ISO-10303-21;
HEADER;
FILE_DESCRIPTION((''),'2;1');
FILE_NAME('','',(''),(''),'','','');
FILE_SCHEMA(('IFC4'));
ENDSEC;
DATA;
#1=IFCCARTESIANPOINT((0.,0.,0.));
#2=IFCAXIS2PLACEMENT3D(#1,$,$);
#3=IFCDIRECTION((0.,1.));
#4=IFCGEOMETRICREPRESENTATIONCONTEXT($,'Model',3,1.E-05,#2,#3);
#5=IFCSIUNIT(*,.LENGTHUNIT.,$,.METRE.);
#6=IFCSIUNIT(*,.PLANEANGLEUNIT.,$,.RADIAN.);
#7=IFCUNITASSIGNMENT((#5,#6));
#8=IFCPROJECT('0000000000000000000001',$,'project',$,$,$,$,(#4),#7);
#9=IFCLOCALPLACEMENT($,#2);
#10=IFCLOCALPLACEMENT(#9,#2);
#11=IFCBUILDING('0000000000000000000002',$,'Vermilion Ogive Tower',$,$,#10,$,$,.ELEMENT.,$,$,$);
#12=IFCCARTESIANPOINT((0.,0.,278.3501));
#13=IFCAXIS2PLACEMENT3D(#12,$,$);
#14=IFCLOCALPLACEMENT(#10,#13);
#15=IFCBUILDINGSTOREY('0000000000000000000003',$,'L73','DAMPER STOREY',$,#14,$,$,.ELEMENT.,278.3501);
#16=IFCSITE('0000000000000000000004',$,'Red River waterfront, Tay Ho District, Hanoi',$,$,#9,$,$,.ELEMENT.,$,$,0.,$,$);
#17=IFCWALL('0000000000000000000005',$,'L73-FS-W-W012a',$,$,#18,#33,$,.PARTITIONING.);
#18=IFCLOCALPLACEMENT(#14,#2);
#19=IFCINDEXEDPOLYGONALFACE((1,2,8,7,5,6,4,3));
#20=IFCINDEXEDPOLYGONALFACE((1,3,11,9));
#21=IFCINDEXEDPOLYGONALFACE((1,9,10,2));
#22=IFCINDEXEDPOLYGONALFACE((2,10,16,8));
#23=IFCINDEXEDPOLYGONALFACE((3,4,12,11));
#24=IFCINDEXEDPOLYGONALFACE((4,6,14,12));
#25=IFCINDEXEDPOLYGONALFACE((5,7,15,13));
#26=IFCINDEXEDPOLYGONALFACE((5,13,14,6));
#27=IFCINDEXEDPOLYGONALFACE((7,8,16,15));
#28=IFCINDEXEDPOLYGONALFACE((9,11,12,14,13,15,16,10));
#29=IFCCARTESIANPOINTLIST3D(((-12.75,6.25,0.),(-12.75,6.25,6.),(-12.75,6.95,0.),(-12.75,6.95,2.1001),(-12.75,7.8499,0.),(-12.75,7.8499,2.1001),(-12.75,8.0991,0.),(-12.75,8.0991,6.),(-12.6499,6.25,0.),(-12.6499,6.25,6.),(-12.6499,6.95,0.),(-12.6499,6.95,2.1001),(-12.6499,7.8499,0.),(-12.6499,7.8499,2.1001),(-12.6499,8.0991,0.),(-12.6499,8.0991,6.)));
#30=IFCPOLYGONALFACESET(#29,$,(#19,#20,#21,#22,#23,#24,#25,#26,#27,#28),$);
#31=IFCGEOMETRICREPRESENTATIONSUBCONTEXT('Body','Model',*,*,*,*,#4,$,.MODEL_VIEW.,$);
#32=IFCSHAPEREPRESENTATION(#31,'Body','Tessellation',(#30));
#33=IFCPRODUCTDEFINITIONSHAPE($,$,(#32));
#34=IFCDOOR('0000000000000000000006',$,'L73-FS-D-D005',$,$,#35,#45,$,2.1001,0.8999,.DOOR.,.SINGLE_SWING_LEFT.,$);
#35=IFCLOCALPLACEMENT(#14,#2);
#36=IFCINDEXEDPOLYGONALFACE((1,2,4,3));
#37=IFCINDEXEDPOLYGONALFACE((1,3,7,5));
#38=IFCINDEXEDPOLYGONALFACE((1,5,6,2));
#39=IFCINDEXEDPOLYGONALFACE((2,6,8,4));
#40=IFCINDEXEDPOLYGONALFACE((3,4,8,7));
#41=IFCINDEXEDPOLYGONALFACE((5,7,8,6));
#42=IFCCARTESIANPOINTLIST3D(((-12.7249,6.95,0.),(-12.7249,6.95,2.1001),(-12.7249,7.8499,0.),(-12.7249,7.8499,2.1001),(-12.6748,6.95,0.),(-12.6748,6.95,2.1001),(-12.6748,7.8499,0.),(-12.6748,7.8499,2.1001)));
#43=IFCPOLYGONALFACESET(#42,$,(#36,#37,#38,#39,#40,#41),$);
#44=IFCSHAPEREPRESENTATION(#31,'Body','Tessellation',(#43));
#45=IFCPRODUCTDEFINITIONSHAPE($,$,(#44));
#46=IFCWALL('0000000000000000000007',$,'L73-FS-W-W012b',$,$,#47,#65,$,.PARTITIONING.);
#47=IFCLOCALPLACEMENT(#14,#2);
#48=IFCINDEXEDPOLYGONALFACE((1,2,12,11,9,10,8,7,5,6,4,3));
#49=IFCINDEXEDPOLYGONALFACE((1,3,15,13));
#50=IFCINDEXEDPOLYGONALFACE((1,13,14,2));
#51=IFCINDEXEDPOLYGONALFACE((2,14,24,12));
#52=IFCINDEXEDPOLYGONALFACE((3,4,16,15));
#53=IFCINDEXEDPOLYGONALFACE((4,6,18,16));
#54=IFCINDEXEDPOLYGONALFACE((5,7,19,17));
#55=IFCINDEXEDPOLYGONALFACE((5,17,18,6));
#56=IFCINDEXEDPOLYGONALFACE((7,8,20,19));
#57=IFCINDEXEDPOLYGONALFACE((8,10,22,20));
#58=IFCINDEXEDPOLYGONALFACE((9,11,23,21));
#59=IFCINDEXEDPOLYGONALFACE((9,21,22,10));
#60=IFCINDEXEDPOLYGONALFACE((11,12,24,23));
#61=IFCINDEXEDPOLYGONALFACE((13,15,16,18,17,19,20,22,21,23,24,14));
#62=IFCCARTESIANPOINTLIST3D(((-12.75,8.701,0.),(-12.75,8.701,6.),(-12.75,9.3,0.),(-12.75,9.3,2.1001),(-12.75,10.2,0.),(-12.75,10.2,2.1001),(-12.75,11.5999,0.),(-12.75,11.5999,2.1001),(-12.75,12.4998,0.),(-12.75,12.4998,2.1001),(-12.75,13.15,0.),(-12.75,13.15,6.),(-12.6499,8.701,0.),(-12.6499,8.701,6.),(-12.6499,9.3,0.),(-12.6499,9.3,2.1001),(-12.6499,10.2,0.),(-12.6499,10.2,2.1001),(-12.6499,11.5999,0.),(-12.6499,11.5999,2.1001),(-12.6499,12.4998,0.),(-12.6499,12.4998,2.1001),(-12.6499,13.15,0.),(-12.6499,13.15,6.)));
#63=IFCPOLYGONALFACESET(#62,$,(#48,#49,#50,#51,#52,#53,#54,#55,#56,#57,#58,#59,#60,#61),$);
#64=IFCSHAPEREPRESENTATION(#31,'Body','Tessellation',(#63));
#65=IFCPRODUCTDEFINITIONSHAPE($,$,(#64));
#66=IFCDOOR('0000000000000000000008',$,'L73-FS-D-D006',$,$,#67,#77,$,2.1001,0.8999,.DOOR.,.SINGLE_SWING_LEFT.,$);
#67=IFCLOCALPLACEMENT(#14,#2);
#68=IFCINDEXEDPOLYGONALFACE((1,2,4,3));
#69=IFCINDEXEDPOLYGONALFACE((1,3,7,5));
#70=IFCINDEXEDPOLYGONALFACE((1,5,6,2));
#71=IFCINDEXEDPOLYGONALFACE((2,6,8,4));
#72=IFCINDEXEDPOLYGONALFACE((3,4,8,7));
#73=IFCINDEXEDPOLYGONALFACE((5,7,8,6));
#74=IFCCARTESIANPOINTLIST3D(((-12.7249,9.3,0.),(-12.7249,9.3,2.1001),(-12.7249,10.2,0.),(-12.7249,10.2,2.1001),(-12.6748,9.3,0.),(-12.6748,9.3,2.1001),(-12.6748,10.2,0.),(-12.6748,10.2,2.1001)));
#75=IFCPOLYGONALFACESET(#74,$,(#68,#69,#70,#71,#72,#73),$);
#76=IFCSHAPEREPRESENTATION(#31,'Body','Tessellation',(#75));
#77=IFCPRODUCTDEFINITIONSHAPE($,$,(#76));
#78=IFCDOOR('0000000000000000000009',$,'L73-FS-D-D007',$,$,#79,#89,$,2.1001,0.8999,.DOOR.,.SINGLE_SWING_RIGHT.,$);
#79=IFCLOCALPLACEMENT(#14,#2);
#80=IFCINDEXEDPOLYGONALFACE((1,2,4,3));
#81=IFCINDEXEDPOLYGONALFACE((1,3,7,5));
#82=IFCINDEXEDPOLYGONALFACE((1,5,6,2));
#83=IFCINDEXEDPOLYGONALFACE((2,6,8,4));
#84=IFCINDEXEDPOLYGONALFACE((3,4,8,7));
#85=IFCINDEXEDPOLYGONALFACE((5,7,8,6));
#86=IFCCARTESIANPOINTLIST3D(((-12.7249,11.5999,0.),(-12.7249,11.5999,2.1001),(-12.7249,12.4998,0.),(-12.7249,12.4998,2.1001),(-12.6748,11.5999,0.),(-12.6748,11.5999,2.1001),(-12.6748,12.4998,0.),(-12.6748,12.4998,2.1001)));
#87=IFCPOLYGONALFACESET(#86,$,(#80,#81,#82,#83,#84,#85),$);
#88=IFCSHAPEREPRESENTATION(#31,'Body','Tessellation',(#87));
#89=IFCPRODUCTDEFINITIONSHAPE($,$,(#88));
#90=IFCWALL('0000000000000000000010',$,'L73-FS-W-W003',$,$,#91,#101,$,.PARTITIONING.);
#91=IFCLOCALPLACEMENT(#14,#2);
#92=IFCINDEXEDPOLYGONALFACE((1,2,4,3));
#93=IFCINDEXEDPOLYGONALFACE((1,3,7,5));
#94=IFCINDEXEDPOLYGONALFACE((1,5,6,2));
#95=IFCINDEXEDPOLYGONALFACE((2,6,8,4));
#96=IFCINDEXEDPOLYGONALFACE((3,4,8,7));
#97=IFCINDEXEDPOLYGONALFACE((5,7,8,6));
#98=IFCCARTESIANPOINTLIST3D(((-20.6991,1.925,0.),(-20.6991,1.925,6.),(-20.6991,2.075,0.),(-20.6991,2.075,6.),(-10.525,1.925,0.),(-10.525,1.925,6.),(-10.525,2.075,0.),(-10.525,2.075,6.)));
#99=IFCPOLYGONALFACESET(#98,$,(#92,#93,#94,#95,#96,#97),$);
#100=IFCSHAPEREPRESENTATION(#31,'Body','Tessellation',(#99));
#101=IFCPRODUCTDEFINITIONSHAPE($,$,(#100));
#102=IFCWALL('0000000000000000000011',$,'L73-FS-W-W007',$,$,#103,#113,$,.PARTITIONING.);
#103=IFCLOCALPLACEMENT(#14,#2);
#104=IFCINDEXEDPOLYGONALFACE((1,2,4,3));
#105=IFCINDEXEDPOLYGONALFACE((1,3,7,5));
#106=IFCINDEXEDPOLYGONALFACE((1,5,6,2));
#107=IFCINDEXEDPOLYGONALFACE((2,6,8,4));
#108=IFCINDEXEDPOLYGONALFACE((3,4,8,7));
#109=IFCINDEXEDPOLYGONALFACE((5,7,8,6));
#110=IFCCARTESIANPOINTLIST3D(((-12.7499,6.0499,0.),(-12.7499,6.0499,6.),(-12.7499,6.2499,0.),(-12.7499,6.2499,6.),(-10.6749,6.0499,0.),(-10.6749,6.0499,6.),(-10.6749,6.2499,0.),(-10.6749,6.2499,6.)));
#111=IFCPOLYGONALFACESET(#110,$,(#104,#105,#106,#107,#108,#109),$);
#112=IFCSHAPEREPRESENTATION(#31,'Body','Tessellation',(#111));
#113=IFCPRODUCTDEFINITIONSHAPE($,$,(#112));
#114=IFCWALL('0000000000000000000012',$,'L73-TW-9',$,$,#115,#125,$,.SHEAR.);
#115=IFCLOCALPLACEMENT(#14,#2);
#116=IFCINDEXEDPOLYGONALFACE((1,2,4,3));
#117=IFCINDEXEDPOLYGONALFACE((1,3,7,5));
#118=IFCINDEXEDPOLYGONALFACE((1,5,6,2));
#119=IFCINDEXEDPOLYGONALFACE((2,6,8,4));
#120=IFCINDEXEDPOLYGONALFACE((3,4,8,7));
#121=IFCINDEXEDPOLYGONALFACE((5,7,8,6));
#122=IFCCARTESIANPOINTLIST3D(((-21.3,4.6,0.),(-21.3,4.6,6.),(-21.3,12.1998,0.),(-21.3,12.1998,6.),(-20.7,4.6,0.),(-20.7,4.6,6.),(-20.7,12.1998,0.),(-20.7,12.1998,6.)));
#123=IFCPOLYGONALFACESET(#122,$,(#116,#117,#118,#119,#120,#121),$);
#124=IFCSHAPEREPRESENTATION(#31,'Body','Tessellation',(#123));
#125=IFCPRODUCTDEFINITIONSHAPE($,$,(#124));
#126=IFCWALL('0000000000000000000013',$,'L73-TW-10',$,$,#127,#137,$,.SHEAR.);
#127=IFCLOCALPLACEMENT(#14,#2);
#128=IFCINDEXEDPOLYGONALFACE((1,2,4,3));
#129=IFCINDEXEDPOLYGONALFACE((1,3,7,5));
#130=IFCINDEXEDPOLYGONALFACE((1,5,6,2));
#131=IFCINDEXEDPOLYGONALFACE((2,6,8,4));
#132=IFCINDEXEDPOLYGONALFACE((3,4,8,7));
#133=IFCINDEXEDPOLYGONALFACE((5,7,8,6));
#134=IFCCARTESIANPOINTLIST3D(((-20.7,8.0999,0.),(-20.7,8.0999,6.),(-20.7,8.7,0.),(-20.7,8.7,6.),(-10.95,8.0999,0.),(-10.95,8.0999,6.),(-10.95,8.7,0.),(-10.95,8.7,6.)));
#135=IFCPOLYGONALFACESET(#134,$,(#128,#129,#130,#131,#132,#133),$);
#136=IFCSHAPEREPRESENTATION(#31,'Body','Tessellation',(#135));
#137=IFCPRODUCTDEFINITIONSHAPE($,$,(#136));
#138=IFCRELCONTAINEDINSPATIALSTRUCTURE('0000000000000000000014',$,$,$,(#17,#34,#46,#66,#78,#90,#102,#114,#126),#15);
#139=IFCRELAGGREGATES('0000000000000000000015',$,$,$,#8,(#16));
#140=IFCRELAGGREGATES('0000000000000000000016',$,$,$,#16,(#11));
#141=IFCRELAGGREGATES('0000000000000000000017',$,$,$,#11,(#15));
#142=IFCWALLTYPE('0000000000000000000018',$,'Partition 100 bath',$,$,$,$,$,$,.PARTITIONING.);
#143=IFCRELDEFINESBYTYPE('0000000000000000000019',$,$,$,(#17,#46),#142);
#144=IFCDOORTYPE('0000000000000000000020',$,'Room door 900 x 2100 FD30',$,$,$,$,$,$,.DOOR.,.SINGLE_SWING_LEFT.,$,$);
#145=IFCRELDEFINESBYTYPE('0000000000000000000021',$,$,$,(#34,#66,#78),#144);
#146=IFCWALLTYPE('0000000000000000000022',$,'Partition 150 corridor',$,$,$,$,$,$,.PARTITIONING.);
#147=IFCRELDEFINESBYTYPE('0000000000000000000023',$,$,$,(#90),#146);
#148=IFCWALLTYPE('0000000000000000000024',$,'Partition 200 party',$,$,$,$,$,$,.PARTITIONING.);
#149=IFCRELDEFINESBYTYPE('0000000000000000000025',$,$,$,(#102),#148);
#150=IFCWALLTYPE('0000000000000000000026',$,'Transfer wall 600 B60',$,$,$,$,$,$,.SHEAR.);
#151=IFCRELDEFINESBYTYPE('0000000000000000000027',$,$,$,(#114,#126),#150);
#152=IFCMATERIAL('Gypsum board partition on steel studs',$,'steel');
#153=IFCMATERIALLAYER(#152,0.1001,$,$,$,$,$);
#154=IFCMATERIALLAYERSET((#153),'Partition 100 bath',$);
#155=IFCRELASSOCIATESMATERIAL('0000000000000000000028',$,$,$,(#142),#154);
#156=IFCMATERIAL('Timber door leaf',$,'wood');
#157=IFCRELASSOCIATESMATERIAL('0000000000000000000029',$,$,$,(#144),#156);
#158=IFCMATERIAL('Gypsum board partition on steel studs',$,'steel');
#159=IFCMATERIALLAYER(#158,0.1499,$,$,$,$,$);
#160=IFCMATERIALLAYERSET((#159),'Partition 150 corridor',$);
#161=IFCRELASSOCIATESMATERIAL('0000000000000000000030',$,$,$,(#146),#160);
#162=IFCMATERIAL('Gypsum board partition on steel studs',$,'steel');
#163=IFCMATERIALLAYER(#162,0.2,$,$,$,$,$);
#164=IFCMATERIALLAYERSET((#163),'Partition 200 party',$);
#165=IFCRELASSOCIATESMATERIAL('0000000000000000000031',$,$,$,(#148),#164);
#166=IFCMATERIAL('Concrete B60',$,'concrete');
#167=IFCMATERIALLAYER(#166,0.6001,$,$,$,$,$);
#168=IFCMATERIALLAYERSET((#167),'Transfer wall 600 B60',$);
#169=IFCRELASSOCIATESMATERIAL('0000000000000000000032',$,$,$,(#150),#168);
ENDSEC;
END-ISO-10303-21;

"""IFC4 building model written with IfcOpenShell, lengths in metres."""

from ifc_helpers import new_model, si_unit, direction, frame, frame_2d, origin, place, context, subcontext, project, spatial, rectangle, extrude, material, layer, layer_set, type_object, element, fill, save


model = new_model("IFC4")

# Units and contexts
model_context = context("Model", 3, precision=1e-05, world=origin(), true_north=direction((0.0, 1.0)))
body_context = subcontext(model_context, "Body", "Model", "MODEL_VIEW")
ifc_project = project(units=[si_unit("LENGTHUNIT", "METRE"), si_unit("PLANEANGLEUNIT", "RADIAN")], contexts=[model_context])

# Site, building, storey
site_placement = place(None, origin())
site = spatial("IfcSite", under=ifc_project, at=site_placement, Name="Red River waterfront, Tay Ho District, Hanoi", CompositionType="ELEMENT", RefElevation=0.0)
building_placement = place(site_placement, origin())
building = spatial("IfcBuilding", under=site, at=building_placement, Name="Vermilion Ogive Tower", CompositionType="ELEMENT")
storey_placement = place(building_placement, frame((0.0, 0.0, 278.3501)))
storey = spatial("IfcBuildingStorey", under=building, at=storey_placement, Name="L73", Description="DAMPER STOREY", CompositionType="ELEMENT", Elevation=278.3501)

# Shared definitions
ifc_material_1 = material(Name="Gypsum board partition on steel studs", Category="steel")
ifc_layer_1 = layer(ifc_material_1, 0.1001)
ifc_layer_set_1 = layer_set([ifc_layer_1], Name="Partition 100 bath")
wall_type_1 = type_object("IfcWallType", Name="Partition 100 bath", PredefinedType="PARTITIONING", material=ifc_layer_set_1)

# Wall, opening, door
wall_1_placement = place(storey_placement, frame((-12.7, 6.25, 0.0), z_axis=(0.0, 0.0, 1.0), x_axis=(0.0, 1.0, 0.0)))
wall_1 = element("IfcWall", 1, at=wall_1_placement, inside=storey, type_object=wall_type_1, Name="L73-FS-W-W012a", PredefinedType="PARTITIONING", context=body_context, shape_type="SweptSolid", body=[
    extrude(rectangle(XDim=1.8491, YDim=0.1001, at=frame_2d((0.9246, 0.0))), origin(), (0.0, 0.0, 1.0), 6.0),
])
opening_1_placement = place(wall_1_placement, frame((0.7, 0.0, 0.0)))
opening_1 = element("IfcOpeningElement", 2, at=opening_1_placement, cuts=wall_1, PredefinedType="OPENING", context=body_context, shape_type="SweptSolid", body=[
    extrude(rectangle(XDim=0.8999, YDim=2.1001, at=frame_2d((0.45, 1.05))), frame((0.0, 0.0601, 0.0), z_axis=(0.0, -1.0, 0.0), x_axis=(1.0, 0.0, 0.0)), (0.0, 0.0, 1.0), 0.1201),
])
ifc_material_2 = material(Name="Timber door leaf", Category="wood")
door_type = type_object("IfcDoorType", Name="Room door 900 x 2100 FD30", OperationType="SINGLE_SWING_LEFT", PredefinedType="DOOR", material=ifc_material_2)
door_1_placement = place(opening_1_placement, origin())
door_1 = element("IfcDoor", 3, at=door_1_placement, inside=storey, type_object=door_type, Name="L73-FS-D-D005", OperationType="SINGLE_SWING_LEFT", OverallHeight=2.1001, OverallWidth=0.8999, PredefinedType="DOOR", context=body_context, shape_type="SweptSolid", body=[
    extrude(rectangle(XDim=0.8999, YDim=2.1001, at=frame_2d((0.45, 1.05))), frame((0.0, 0.0249, 0.0), z_axis=(0.0, -1.0, 0.0), x_axis=(1.0, 0.0, 0.0)), (0.0, 0.0, 1.0), 0.05),
])
fill(opening_1, door_1)

# Wall, openings, doors
wall_2_placement = place(storey_placement, frame((-12.7, 8.7009, 0.0), z_axis=(0.0, 0.0, 1.0), x_axis=(0.0, 1.0, 0.0)))
wall_2 = element("IfcWall", 4, at=wall_2_placement, inside=storey, type_object=wall_type_1, Name="L73-FS-W-W012b", PredefinedType="PARTITIONING", context=body_context, shape_type="SweptSolid", body=[
    extrude(rectangle(XDim=4.449, YDim=0.1001, at=frame_2d((2.2246, 0.0))), origin(), (0.0, 0.0, 1.0), 6.0),
])
opening_2_placement = place(wall_2_placement, frame((0.5991, 0.0, 0.0)))
opening_2 = element("IfcOpeningElement", 5, at=opening_2_placement, cuts=wall_2, PredefinedType="OPENING", context=body_context, shape_type="SweptSolid", body=[
    extrude(rectangle(XDim=0.8999, YDim=2.1001, at=frame_2d((0.45, 1.05))), frame((0.0, 0.0601, 0.0), z_axis=(0.0, -1.0, 0.0), x_axis=(1.0, 0.0, 0.0)), (0.0, 0.0, 1.0), 0.1201),
])
opening_3_placement = place(wall_2_placement, frame((2.8989, 0.0, 0.0)))
opening_3 = element("IfcOpeningElement", 6, at=opening_3_placement, cuts=wall_2, PredefinedType="OPENING", context=body_context, shape_type="SweptSolid", body=[
    extrude(rectangle(XDim=0.8999, YDim=2.1001, at=frame_2d((0.45, 1.05))), frame((0.0, 0.0601, 0.0), z_axis=(0.0, -1.0, 0.0), x_axis=(1.0, 0.0, 0.0)), (0.0, 0.0, 1.0), 0.1201),
])
door_2_placement = place(opening_2_placement, origin())
door_2 = element("IfcDoor", 7, at=door_2_placement, inside=storey, type_object=door_type, Name="L73-FS-D-D006", OperationType="SINGLE_SWING_LEFT", OverallHeight=2.1001, OverallWidth=0.8999, PredefinedType="DOOR", context=body_context, shape_type="SweptSolid", body=[
    extrude(rectangle(XDim=0.8999, YDim=2.1001, at=frame_2d((0.45, 1.05))), frame((0.0, 0.0249, 0.0), z_axis=(0.0, -1.0, 0.0), x_axis=(1.0, 0.0, 0.0)), (0.0, 0.0, 1.0), 0.05),
])
fill(opening_2, door_2)
door_3_placement = place(opening_3_placement, origin())
door_3 = element("IfcDoor", 8, at=door_3_placement, inside=storey, type_object=door_type, Name="L73-FS-D-D007", OperationType="SINGLE_SWING_RIGHT", OverallHeight=2.1001, OverallWidth=0.8999, PredefinedType="DOOR", context=body_context, shape_type="SweptSolid", body=[
    extrude(rectangle(XDim=0.8999, YDim=2.1001, at=frame_2d((0.45, 1.05))), frame((0.0, 0.0249, 0.0), z_axis=(0.0, -1.0, 0.0), x_axis=(1.0, 0.0, 0.0)), (0.0, 0.0, 1.0), 0.05),
])
fill(opening_3, door_3)

# Walls
ifc_material_3 = material(Name="Gypsum board partition on steel studs", Category="steel")
ifc_layer_2 = layer(ifc_material_3, 0.1499)
ifc_layer_set_2 = layer_set([ifc_layer_2], Name="Partition 150 corridor")
wall_type_2 = type_object("IfcWallType", Name="Partition 150 corridor", PredefinedType="PARTITIONING", material=ifc_layer_set_2)
wall_3_placement = place(storey_placement, frame((-20.699, 2.0, 0.0), z_axis=(0.0, 0.0, 1.0), x_axis=(1.0, 0.0, 0.0)))
element("IfcWall", 9, at=wall_3_placement, inside=storey, type_object=wall_type_2, Name="L73-FS-W-W003", PredefinedType="PARTITIONING", context=body_context, shape_type="SweptSolid", body=[
    extrude(rectangle(XDim=10.1741, YDim=0.1499, at=frame_2d((5.0869, 0.0))), origin(), (0.0, 0.0, 1.0), 6.0),
])
ifc_material_4 = material(Name="Gypsum board partition on steel studs", Category="steel")
ifc_layer_3 = layer(ifc_material_4, 0.2)
ifc_layer_set_3 = layer_set([ifc_layer_3], Name="Partition 200 party")
wall_type_3 = type_object("IfcWallType", Name="Partition 200 party", PredefinedType="PARTITIONING", material=ifc_layer_set_3)
wall_4_placement = place(storey_placement, frame((-12.75, 6.1499, 0.0), z_axis=(0.0, 0.0, 1.0), x_axis=(1.0, 0.0, 0.0)))
element("IfcWall", 10, at=wall_4_placement, inside=storey, type_object=wall_type_3, Name="L73-FS-W-W007", PredefinedType="PARTITIONING", context=body_context, shape_type="SweptSolid", body=[
    extrude(rectangle(XDim=2.075, YDim=0.2, at=frame_2d((1.0376, 0.0))), origin(), (0.0, 0.0, 1.0), 6.0),
])
ifc_material_5 = material(Name="Concrete B60", Category="concrete")
ifc_layer_4 = layer(ifc_material_5, 0.6001)
ifc_layer_set_4 = layer_set([ifc_layer_4], Name="Transfer wall 600 B60")
wall_type_4 = type_object("IfcWallType", Name="Transfer wall 600 B60", PredefinedType="SHEAR", material=ifc_layer_set_4)
wall_5_placement = place(storey_placement, frame((-21.0, 4.6001, 0.0), z_axis=(0.0, 0.0, 1.0), x_axis=(0.0, 1.0, 0.0)))
element("IfcWall", 11, at=wall_5_placement, inside=storey, type_object=wall_type_4, Name="L73-TW-9", PredefinedType="SHEAR", context=body_context, shape_type="SweptSolid", body=[
    extrude(rectangle(XDim=7.5999, YDim=0.6001, at=frame_2d((3.7998, 0.0))), origin(), (0.0, 0.0, 1.0), 6.0),
])
wall_6_placement = place(storey_placement, frame((-20.7, 8.3999, 0.0), z_axis=(0.0, 0.0, 1.0), x_axis=(1.0, 0.0, 0.0)))
element("IfcWall", 12, at=wall_6_placement, inside=storey, type_object=wall_type_4, Name="L73-TW-10", PredefinedType="SHEAR", context=body_context, shape_type="SweptSolid", body=[
    extrude(rectangle(XDim=9.75, YDim=0.6001, at=frame_2d((4.875, 0.0))), origin(), (0.0, 0.0, 1.0), 6.0),
])

save(model, "model.ifc")
